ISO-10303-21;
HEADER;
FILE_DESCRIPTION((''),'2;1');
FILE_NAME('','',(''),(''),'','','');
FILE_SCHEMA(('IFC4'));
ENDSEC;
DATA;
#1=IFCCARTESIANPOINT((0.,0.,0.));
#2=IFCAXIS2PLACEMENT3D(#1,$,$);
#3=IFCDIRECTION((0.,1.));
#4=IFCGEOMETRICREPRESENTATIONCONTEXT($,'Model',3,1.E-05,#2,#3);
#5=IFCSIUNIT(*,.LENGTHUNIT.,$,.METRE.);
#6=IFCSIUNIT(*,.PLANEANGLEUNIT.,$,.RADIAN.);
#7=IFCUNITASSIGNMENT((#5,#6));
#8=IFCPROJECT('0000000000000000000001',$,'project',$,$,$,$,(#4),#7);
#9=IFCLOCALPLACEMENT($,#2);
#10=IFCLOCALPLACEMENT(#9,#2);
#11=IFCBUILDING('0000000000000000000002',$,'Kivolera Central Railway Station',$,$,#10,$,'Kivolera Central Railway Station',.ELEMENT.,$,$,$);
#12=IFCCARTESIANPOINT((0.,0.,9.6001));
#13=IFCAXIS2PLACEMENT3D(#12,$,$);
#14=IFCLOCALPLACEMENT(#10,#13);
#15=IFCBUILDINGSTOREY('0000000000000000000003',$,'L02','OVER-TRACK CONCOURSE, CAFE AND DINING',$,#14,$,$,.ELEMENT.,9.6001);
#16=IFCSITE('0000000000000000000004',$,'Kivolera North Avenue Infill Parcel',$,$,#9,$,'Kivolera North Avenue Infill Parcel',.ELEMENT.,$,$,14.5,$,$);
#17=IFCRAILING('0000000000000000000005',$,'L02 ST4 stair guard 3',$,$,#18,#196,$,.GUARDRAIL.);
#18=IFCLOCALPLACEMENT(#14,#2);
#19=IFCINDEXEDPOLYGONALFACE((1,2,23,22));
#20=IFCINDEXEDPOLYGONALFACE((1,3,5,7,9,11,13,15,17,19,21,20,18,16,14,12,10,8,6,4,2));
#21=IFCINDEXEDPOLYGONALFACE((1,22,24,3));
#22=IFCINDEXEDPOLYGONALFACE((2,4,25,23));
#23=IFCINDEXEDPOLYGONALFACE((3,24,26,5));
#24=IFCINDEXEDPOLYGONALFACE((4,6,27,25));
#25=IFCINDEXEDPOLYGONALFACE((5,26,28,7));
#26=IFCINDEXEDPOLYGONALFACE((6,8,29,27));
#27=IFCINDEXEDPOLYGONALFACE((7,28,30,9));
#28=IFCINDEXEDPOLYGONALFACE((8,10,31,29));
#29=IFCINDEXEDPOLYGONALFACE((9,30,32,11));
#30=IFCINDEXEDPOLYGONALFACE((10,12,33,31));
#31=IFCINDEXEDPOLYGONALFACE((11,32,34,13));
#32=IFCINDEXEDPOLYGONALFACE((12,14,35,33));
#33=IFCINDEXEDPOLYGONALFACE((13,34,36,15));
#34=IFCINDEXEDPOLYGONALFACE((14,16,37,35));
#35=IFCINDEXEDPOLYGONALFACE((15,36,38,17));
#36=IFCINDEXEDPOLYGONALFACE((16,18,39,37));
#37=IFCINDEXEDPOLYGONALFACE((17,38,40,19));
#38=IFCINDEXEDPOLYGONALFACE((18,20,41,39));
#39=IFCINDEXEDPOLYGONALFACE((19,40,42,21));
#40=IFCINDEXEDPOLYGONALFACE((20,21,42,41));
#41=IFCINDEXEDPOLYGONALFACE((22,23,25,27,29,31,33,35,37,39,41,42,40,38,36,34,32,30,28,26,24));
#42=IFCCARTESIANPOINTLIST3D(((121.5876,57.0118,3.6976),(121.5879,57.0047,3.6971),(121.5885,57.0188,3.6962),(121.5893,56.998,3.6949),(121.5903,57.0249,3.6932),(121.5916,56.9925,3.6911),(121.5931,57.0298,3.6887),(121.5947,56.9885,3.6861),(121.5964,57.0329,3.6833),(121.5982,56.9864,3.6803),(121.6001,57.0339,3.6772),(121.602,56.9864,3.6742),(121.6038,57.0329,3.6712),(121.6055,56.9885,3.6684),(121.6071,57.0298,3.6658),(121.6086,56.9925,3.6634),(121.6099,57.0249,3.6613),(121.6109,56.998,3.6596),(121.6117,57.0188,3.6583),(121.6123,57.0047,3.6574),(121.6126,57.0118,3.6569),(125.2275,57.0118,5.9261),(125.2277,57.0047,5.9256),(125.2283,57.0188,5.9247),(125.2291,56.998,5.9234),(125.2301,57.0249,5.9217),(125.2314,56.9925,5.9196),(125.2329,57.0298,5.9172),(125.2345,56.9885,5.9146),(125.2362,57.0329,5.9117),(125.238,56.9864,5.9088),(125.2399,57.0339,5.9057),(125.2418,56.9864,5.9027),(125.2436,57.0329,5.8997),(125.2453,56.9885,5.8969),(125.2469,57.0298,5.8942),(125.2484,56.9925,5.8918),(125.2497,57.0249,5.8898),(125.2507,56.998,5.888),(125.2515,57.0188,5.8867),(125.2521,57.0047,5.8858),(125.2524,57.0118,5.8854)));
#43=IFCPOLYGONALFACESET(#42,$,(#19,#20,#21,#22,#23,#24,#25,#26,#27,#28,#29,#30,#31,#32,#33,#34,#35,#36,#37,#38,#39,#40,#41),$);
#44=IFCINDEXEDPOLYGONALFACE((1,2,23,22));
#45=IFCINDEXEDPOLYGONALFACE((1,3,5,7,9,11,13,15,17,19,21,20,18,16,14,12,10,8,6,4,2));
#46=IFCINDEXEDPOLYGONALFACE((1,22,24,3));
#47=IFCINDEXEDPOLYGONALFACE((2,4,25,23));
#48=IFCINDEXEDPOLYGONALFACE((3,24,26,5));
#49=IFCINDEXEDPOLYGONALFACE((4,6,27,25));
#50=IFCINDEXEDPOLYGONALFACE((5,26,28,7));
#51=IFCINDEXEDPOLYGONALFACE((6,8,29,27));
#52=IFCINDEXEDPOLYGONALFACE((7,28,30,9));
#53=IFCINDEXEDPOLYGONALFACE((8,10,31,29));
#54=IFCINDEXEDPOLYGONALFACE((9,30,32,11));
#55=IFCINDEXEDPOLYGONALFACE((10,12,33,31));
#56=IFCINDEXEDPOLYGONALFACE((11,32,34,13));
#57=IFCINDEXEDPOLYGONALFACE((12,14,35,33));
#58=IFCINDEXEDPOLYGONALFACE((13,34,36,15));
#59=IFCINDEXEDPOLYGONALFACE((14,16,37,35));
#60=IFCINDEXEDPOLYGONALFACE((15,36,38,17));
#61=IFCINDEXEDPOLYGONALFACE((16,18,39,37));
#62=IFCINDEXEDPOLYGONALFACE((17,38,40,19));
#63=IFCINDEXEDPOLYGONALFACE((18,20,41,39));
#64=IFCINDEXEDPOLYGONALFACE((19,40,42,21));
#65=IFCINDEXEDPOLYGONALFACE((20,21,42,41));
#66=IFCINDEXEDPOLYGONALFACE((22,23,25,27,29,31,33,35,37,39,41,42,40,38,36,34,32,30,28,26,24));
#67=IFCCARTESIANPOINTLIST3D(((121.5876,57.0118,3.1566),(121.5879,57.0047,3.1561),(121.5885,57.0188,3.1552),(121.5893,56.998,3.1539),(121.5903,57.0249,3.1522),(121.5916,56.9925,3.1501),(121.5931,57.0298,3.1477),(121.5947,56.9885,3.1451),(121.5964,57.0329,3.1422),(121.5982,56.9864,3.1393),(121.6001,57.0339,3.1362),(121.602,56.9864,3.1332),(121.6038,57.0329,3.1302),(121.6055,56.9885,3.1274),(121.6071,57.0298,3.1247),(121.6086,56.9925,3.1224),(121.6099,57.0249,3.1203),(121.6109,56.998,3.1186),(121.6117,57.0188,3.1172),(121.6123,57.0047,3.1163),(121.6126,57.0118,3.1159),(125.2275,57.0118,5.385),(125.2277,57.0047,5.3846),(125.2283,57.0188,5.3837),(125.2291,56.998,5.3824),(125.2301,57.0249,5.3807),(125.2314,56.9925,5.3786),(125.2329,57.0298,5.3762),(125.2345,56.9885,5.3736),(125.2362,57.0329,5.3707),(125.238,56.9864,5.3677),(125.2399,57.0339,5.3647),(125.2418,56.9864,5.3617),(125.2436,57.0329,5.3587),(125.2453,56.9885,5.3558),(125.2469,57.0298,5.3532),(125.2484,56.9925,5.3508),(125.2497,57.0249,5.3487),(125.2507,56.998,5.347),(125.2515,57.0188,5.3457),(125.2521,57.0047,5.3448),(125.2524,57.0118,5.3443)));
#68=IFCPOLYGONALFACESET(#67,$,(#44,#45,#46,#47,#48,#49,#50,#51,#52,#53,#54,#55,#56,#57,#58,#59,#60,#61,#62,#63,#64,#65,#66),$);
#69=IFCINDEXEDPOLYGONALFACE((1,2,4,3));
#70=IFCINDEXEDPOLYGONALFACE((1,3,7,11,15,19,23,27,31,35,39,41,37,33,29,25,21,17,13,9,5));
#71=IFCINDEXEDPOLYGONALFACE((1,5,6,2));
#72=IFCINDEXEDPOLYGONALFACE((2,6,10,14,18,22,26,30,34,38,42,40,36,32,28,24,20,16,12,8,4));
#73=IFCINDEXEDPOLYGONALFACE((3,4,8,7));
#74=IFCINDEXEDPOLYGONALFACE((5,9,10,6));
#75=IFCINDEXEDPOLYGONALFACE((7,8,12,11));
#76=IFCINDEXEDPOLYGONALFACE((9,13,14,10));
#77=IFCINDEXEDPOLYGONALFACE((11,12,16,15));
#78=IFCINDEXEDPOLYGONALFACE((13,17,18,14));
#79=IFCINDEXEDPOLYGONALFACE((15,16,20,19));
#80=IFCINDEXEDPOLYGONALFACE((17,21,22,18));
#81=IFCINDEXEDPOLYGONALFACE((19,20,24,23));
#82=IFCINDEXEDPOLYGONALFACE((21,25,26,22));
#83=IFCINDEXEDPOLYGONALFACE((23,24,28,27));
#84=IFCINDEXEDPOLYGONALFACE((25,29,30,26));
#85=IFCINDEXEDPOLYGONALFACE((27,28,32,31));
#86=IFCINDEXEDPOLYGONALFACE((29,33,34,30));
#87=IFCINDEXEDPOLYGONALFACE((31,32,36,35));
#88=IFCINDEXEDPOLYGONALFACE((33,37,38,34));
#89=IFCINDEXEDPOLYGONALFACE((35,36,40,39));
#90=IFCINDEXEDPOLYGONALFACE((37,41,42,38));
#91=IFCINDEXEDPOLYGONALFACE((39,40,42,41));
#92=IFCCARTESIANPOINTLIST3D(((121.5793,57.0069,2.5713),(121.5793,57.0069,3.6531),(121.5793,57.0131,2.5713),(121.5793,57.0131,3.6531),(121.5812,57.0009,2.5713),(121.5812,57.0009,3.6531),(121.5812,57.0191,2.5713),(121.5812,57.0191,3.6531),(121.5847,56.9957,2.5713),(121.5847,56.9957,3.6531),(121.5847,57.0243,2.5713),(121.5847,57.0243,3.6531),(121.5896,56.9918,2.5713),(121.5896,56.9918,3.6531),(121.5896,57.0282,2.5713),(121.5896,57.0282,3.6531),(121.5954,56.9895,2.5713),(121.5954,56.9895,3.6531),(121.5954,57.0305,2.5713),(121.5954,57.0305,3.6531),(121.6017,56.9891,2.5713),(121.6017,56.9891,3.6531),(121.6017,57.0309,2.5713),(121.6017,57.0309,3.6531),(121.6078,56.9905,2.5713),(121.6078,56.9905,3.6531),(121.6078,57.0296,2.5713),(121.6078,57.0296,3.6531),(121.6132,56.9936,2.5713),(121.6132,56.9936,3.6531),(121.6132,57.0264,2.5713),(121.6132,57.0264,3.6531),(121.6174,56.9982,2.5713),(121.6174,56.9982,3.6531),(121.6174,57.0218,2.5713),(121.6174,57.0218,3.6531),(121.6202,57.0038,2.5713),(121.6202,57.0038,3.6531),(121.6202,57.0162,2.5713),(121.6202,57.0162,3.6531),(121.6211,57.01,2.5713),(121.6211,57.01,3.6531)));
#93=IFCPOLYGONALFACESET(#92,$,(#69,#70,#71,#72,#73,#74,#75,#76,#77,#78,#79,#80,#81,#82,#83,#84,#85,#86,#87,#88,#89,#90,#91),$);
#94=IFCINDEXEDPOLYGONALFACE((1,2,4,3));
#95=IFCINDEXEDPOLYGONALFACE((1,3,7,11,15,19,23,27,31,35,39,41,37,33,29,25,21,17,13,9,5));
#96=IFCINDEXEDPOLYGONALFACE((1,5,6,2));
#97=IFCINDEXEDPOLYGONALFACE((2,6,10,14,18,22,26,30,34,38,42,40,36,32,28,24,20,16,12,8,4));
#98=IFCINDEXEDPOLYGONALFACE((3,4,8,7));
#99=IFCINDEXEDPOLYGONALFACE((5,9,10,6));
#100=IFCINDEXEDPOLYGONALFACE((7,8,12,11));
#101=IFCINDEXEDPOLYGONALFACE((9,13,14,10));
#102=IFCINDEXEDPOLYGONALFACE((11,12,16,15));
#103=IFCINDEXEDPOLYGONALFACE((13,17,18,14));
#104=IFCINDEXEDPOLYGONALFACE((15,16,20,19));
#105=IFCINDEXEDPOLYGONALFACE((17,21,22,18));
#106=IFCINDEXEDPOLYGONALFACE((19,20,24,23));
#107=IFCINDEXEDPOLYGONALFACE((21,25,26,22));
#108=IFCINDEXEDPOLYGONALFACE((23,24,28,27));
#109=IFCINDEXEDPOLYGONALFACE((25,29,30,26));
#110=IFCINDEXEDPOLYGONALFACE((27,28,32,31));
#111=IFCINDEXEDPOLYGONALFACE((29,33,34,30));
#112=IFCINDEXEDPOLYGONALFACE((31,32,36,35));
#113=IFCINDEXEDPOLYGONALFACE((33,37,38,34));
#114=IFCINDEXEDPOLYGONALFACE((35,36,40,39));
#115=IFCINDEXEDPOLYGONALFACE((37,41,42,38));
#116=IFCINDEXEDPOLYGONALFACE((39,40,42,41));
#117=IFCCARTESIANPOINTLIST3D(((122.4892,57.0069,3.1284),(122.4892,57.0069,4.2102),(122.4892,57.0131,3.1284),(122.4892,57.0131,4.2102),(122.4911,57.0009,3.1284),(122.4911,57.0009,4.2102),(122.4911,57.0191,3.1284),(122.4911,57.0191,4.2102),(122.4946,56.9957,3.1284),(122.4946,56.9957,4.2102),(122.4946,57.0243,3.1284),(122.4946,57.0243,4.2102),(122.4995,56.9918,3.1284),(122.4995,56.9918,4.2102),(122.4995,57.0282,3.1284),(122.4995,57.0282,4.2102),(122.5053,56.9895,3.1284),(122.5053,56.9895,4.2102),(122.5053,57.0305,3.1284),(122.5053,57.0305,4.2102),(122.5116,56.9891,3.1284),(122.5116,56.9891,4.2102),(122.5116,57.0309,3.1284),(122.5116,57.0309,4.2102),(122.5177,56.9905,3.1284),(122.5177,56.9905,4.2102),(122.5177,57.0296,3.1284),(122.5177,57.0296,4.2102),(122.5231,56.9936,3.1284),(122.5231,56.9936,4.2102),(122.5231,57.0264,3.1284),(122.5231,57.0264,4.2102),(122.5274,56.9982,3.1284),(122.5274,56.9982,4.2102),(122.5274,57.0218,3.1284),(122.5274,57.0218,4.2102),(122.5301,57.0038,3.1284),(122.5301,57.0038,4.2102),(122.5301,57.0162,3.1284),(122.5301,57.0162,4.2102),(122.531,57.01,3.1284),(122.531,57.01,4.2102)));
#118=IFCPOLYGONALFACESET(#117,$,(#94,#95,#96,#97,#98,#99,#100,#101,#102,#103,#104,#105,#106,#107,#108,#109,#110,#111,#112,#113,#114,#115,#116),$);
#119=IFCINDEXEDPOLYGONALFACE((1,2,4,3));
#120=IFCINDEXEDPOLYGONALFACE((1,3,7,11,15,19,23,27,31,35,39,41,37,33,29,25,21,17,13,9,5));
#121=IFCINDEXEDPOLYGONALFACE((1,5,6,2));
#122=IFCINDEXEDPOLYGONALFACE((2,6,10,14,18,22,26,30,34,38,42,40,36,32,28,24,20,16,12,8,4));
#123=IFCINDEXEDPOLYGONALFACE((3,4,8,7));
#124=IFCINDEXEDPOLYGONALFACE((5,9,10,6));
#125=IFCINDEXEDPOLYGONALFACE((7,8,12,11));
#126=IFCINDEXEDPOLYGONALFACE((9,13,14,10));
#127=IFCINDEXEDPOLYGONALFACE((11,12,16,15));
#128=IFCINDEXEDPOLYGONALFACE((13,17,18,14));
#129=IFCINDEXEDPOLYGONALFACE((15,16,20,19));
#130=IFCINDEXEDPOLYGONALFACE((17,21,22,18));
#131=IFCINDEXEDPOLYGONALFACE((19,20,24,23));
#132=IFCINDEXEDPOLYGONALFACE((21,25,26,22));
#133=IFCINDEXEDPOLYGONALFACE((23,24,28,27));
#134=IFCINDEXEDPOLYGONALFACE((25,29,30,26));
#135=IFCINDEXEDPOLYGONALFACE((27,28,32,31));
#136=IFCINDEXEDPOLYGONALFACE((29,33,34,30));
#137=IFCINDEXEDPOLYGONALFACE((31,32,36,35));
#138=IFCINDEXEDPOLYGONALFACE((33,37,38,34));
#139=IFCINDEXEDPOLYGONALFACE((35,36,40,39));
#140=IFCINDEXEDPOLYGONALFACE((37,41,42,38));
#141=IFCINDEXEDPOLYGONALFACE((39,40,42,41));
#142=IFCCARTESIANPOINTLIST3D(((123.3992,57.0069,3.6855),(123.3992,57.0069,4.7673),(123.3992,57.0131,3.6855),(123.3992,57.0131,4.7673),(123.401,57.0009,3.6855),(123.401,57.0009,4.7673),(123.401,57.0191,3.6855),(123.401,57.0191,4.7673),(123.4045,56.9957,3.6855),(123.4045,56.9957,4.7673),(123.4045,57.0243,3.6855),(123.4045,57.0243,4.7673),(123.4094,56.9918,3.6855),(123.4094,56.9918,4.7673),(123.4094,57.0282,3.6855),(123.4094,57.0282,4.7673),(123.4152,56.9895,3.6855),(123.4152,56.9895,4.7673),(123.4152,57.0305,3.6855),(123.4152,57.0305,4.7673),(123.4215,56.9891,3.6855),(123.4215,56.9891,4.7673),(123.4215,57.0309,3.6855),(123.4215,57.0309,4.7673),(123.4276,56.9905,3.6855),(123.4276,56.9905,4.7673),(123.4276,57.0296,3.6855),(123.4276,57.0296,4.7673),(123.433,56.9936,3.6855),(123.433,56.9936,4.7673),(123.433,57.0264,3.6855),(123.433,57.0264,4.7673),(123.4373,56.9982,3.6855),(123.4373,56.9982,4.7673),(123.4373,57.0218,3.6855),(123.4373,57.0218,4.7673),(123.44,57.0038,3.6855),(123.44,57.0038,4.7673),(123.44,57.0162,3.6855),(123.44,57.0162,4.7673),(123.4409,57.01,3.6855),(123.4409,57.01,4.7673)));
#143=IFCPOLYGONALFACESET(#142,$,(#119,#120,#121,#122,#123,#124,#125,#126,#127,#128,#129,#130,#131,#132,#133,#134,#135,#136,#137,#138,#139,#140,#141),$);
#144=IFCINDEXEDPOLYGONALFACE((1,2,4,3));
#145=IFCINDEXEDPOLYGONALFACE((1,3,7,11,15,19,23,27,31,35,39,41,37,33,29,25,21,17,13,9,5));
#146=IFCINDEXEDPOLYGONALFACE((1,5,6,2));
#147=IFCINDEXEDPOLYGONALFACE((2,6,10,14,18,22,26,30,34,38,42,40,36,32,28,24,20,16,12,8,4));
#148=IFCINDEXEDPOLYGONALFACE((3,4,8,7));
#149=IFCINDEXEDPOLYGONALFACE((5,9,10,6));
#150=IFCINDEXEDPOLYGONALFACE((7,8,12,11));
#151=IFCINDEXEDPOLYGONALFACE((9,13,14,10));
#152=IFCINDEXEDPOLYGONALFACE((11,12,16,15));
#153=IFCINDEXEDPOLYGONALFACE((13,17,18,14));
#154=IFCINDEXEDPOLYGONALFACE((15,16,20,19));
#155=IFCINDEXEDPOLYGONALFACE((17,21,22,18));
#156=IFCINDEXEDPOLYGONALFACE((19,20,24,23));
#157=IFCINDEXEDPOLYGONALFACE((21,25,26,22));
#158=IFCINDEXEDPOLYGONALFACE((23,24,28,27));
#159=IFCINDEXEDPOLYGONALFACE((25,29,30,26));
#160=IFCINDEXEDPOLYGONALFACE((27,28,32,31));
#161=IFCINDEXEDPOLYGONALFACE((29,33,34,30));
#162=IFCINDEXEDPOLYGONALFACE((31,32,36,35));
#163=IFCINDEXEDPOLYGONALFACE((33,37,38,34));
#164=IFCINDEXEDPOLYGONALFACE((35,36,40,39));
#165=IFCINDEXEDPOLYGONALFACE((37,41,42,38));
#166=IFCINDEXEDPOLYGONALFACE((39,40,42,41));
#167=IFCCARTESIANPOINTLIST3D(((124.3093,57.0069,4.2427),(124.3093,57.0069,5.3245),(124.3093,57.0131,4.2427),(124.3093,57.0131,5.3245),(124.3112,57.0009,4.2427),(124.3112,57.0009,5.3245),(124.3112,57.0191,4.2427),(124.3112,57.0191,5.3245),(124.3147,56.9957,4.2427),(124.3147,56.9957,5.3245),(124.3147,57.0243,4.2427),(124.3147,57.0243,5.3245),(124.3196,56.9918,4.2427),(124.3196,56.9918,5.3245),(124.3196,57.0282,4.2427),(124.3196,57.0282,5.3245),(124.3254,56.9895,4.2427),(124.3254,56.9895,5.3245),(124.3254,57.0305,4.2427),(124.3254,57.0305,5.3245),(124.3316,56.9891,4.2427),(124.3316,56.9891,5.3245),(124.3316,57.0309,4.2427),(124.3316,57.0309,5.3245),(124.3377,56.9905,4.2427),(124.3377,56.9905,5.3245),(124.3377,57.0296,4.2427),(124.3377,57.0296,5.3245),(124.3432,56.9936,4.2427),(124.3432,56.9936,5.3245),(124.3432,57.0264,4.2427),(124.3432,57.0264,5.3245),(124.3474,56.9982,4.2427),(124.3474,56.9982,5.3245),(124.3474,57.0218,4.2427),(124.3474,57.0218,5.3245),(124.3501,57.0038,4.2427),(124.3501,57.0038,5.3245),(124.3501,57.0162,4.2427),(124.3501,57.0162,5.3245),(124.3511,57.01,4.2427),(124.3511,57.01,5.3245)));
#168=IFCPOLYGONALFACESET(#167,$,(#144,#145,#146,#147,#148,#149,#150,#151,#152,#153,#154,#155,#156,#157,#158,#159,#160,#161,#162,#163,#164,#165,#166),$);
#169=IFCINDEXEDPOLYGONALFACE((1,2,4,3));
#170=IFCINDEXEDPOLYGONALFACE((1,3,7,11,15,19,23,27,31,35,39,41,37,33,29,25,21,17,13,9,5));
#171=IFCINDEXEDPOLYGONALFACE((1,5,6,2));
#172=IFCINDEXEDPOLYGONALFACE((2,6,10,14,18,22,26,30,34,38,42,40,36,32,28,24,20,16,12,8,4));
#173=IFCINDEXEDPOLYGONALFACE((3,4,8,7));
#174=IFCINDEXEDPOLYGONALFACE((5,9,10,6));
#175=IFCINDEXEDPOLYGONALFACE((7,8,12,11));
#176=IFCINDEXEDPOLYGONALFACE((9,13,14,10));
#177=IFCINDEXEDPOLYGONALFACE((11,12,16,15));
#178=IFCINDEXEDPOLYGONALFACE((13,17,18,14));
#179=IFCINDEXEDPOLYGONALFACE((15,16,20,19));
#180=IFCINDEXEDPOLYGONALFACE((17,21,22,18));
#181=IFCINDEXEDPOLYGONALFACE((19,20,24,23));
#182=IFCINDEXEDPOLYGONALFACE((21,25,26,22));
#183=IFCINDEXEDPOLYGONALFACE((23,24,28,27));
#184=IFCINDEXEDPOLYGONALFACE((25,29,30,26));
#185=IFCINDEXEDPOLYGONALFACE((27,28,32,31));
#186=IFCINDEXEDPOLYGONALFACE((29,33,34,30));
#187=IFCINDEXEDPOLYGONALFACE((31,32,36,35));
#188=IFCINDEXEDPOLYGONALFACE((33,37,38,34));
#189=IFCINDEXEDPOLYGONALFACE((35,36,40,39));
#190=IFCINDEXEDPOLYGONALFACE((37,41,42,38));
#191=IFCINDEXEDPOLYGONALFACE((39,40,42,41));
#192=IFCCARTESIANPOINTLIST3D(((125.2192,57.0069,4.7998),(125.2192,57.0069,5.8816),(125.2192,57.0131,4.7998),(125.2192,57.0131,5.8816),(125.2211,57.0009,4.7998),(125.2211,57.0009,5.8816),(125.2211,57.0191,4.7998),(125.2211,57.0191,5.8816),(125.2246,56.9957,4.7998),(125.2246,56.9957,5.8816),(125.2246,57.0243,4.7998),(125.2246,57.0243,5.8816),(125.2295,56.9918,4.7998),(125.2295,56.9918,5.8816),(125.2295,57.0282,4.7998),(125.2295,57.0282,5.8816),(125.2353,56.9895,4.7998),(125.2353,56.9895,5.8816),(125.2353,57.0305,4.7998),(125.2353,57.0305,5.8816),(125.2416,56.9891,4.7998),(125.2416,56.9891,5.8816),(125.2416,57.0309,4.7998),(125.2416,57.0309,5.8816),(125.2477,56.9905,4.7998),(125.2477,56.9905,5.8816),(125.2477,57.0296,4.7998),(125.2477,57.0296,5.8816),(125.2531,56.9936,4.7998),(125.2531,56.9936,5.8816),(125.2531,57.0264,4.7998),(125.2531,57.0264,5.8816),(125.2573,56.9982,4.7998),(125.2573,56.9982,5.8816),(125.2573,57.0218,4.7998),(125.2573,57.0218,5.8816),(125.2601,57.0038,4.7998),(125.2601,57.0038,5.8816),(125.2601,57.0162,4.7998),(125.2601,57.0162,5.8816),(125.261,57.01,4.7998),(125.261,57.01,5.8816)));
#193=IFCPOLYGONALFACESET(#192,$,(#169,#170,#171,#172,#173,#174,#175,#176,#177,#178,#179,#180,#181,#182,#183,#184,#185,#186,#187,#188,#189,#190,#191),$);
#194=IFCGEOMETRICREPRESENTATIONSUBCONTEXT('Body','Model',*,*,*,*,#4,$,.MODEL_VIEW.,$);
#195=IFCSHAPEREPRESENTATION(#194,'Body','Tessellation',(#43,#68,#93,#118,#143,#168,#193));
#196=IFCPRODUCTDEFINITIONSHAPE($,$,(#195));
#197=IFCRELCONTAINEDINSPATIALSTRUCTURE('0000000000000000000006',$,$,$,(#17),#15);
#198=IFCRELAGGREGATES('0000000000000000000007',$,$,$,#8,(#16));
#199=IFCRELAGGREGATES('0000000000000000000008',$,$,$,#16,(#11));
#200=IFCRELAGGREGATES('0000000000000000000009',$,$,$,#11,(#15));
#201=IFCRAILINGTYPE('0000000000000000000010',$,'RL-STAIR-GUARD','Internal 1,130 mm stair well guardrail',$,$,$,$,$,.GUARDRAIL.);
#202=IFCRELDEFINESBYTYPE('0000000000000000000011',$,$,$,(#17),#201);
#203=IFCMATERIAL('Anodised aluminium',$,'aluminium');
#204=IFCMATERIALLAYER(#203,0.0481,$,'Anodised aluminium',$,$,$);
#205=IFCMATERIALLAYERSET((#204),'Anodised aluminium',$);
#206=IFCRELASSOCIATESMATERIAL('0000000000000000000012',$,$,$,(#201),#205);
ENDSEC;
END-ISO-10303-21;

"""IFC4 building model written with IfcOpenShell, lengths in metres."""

from ifc_helpers import new_model, si_unit, direction, frame, origin, origin_2d, place, context, subcontext, project, spatial, circle, extrude, material, layer, layer_set, type_object, element, save


model = new_model("IFC4")

# Units and contexts
model_context = context("Model", 3, precision=1e-05, world=origin(), true_north=direction((0.0, 1.0)))
body_context = subcontext(model_context, "Body", "Model", "MODEL_VIEW")
ifc_project = project(units=[si_unit("LENGTHUNIT", "METRE"), si_unit("PLANEANGLEUNIT", "RADIAN")], contexts=[model_context])

# Site, building, storey
site_placement = place(None, origin())
site = spatial("IfcSite", under=ifc_project, at=site_placement, Name="Kivolera North Avenue Infill Parcel", LongName="Kivolera North Avenue Infill Parcel", CompositionType="ELEMENT", RefElevation=14.5)
building_placement = place(site_placement, origin())
building = spatial("IfcBuilding", under=site, at=building_placement, Name="Kivolera Central Railway Station", LongName="Kivolera Central Railway Station", CompositionType="ELEMENT")
storey_placement = place(building_placement, frame((0.0, 0.0, 9.6001)))
storey = spatial("IfcBuildingStorey", under=building, at=storey_placement, Name="L02", Description="OVER-TRACK CONCOURSE, CAFE AND DINING", CompositionType="ELEMENT", Elevation=9.6001)

# Shared definitions
ifc_material_1 = material(Name="Anodised aluminium", Category="aluminium")

# Railing
ifc_layer_1 = layer(ifc_material_1, 0.0481, Name="Anodised aluminium")
ifc_layer_set_1 = layer_set([ifc_layer_1], Name="Anodised aluminium")
railing_type_1 = type_object("IfcRailingType", Name="RL-STAIR-GUARD", Description="Internal 1,130 mm stair well guardrail", PredefinedType="GUARDRAIL", material=ifc_layer_set_1)
railing_1_placement = place(storey_placement, frame((121.6001, 57.01, 2.5713)))
element("IfcRailing", 1, at=railing_1_placement, inside=storey, type_object=railing_type_1, Name="L02 ST4 stair guard 3", PredefinedType="GUARDRAIL", context=body_context, shape_type="SweptSolid", body=[
    extrude(circle(Radius=0.0239, at=origin_2d()), frame((0.0, 0.0, 1.106), z_axis=(0.85285, 0.0, 0.522156), x_axis=(0.0, 1.0, 0.0)), (0.0, 0.0, 1.0), 4.2678),
    extrude(circle(Radius=0.0239, at=origin_2d()), frame((0.0, 0.0, 0.5649), z_axis=(0.85285, 0.0, 0.522156), x_axis=(0.0, 1.0, 0.0)), (0.0, 0.0, 1.0), 4.2678),
    extrude(circle(Radius=0.021, at=origin_2d()), origin(), (0.0, 0.0, 1.0), 1.0818),
    extrude(circle(Radius=0.021, at=origin_2d()), frame((0.9099, 0.0, 0.5571)), (0.0, 0.0, 1.0), 1.0818),
    extrude(circle(Radius=0.021, at=origin_2d()), frame((1.8198, 0.0, 1.1143)), (0.0, 0.0, 1.0), 1.0818),
    extrude(circle(Radius=0.021, at=origin_2d()), frame((2.73, 0.0, 1.6714)), (0.0, 0.0, 1.0), 1.0818),
    extrude(circle(Radius=0.021, at=origin_2d()), frame((3.6399, 0.0, 2.2285)), (0.0, 0.0, 1.0), 1.0818),
])

save(model, "model.ifc")
